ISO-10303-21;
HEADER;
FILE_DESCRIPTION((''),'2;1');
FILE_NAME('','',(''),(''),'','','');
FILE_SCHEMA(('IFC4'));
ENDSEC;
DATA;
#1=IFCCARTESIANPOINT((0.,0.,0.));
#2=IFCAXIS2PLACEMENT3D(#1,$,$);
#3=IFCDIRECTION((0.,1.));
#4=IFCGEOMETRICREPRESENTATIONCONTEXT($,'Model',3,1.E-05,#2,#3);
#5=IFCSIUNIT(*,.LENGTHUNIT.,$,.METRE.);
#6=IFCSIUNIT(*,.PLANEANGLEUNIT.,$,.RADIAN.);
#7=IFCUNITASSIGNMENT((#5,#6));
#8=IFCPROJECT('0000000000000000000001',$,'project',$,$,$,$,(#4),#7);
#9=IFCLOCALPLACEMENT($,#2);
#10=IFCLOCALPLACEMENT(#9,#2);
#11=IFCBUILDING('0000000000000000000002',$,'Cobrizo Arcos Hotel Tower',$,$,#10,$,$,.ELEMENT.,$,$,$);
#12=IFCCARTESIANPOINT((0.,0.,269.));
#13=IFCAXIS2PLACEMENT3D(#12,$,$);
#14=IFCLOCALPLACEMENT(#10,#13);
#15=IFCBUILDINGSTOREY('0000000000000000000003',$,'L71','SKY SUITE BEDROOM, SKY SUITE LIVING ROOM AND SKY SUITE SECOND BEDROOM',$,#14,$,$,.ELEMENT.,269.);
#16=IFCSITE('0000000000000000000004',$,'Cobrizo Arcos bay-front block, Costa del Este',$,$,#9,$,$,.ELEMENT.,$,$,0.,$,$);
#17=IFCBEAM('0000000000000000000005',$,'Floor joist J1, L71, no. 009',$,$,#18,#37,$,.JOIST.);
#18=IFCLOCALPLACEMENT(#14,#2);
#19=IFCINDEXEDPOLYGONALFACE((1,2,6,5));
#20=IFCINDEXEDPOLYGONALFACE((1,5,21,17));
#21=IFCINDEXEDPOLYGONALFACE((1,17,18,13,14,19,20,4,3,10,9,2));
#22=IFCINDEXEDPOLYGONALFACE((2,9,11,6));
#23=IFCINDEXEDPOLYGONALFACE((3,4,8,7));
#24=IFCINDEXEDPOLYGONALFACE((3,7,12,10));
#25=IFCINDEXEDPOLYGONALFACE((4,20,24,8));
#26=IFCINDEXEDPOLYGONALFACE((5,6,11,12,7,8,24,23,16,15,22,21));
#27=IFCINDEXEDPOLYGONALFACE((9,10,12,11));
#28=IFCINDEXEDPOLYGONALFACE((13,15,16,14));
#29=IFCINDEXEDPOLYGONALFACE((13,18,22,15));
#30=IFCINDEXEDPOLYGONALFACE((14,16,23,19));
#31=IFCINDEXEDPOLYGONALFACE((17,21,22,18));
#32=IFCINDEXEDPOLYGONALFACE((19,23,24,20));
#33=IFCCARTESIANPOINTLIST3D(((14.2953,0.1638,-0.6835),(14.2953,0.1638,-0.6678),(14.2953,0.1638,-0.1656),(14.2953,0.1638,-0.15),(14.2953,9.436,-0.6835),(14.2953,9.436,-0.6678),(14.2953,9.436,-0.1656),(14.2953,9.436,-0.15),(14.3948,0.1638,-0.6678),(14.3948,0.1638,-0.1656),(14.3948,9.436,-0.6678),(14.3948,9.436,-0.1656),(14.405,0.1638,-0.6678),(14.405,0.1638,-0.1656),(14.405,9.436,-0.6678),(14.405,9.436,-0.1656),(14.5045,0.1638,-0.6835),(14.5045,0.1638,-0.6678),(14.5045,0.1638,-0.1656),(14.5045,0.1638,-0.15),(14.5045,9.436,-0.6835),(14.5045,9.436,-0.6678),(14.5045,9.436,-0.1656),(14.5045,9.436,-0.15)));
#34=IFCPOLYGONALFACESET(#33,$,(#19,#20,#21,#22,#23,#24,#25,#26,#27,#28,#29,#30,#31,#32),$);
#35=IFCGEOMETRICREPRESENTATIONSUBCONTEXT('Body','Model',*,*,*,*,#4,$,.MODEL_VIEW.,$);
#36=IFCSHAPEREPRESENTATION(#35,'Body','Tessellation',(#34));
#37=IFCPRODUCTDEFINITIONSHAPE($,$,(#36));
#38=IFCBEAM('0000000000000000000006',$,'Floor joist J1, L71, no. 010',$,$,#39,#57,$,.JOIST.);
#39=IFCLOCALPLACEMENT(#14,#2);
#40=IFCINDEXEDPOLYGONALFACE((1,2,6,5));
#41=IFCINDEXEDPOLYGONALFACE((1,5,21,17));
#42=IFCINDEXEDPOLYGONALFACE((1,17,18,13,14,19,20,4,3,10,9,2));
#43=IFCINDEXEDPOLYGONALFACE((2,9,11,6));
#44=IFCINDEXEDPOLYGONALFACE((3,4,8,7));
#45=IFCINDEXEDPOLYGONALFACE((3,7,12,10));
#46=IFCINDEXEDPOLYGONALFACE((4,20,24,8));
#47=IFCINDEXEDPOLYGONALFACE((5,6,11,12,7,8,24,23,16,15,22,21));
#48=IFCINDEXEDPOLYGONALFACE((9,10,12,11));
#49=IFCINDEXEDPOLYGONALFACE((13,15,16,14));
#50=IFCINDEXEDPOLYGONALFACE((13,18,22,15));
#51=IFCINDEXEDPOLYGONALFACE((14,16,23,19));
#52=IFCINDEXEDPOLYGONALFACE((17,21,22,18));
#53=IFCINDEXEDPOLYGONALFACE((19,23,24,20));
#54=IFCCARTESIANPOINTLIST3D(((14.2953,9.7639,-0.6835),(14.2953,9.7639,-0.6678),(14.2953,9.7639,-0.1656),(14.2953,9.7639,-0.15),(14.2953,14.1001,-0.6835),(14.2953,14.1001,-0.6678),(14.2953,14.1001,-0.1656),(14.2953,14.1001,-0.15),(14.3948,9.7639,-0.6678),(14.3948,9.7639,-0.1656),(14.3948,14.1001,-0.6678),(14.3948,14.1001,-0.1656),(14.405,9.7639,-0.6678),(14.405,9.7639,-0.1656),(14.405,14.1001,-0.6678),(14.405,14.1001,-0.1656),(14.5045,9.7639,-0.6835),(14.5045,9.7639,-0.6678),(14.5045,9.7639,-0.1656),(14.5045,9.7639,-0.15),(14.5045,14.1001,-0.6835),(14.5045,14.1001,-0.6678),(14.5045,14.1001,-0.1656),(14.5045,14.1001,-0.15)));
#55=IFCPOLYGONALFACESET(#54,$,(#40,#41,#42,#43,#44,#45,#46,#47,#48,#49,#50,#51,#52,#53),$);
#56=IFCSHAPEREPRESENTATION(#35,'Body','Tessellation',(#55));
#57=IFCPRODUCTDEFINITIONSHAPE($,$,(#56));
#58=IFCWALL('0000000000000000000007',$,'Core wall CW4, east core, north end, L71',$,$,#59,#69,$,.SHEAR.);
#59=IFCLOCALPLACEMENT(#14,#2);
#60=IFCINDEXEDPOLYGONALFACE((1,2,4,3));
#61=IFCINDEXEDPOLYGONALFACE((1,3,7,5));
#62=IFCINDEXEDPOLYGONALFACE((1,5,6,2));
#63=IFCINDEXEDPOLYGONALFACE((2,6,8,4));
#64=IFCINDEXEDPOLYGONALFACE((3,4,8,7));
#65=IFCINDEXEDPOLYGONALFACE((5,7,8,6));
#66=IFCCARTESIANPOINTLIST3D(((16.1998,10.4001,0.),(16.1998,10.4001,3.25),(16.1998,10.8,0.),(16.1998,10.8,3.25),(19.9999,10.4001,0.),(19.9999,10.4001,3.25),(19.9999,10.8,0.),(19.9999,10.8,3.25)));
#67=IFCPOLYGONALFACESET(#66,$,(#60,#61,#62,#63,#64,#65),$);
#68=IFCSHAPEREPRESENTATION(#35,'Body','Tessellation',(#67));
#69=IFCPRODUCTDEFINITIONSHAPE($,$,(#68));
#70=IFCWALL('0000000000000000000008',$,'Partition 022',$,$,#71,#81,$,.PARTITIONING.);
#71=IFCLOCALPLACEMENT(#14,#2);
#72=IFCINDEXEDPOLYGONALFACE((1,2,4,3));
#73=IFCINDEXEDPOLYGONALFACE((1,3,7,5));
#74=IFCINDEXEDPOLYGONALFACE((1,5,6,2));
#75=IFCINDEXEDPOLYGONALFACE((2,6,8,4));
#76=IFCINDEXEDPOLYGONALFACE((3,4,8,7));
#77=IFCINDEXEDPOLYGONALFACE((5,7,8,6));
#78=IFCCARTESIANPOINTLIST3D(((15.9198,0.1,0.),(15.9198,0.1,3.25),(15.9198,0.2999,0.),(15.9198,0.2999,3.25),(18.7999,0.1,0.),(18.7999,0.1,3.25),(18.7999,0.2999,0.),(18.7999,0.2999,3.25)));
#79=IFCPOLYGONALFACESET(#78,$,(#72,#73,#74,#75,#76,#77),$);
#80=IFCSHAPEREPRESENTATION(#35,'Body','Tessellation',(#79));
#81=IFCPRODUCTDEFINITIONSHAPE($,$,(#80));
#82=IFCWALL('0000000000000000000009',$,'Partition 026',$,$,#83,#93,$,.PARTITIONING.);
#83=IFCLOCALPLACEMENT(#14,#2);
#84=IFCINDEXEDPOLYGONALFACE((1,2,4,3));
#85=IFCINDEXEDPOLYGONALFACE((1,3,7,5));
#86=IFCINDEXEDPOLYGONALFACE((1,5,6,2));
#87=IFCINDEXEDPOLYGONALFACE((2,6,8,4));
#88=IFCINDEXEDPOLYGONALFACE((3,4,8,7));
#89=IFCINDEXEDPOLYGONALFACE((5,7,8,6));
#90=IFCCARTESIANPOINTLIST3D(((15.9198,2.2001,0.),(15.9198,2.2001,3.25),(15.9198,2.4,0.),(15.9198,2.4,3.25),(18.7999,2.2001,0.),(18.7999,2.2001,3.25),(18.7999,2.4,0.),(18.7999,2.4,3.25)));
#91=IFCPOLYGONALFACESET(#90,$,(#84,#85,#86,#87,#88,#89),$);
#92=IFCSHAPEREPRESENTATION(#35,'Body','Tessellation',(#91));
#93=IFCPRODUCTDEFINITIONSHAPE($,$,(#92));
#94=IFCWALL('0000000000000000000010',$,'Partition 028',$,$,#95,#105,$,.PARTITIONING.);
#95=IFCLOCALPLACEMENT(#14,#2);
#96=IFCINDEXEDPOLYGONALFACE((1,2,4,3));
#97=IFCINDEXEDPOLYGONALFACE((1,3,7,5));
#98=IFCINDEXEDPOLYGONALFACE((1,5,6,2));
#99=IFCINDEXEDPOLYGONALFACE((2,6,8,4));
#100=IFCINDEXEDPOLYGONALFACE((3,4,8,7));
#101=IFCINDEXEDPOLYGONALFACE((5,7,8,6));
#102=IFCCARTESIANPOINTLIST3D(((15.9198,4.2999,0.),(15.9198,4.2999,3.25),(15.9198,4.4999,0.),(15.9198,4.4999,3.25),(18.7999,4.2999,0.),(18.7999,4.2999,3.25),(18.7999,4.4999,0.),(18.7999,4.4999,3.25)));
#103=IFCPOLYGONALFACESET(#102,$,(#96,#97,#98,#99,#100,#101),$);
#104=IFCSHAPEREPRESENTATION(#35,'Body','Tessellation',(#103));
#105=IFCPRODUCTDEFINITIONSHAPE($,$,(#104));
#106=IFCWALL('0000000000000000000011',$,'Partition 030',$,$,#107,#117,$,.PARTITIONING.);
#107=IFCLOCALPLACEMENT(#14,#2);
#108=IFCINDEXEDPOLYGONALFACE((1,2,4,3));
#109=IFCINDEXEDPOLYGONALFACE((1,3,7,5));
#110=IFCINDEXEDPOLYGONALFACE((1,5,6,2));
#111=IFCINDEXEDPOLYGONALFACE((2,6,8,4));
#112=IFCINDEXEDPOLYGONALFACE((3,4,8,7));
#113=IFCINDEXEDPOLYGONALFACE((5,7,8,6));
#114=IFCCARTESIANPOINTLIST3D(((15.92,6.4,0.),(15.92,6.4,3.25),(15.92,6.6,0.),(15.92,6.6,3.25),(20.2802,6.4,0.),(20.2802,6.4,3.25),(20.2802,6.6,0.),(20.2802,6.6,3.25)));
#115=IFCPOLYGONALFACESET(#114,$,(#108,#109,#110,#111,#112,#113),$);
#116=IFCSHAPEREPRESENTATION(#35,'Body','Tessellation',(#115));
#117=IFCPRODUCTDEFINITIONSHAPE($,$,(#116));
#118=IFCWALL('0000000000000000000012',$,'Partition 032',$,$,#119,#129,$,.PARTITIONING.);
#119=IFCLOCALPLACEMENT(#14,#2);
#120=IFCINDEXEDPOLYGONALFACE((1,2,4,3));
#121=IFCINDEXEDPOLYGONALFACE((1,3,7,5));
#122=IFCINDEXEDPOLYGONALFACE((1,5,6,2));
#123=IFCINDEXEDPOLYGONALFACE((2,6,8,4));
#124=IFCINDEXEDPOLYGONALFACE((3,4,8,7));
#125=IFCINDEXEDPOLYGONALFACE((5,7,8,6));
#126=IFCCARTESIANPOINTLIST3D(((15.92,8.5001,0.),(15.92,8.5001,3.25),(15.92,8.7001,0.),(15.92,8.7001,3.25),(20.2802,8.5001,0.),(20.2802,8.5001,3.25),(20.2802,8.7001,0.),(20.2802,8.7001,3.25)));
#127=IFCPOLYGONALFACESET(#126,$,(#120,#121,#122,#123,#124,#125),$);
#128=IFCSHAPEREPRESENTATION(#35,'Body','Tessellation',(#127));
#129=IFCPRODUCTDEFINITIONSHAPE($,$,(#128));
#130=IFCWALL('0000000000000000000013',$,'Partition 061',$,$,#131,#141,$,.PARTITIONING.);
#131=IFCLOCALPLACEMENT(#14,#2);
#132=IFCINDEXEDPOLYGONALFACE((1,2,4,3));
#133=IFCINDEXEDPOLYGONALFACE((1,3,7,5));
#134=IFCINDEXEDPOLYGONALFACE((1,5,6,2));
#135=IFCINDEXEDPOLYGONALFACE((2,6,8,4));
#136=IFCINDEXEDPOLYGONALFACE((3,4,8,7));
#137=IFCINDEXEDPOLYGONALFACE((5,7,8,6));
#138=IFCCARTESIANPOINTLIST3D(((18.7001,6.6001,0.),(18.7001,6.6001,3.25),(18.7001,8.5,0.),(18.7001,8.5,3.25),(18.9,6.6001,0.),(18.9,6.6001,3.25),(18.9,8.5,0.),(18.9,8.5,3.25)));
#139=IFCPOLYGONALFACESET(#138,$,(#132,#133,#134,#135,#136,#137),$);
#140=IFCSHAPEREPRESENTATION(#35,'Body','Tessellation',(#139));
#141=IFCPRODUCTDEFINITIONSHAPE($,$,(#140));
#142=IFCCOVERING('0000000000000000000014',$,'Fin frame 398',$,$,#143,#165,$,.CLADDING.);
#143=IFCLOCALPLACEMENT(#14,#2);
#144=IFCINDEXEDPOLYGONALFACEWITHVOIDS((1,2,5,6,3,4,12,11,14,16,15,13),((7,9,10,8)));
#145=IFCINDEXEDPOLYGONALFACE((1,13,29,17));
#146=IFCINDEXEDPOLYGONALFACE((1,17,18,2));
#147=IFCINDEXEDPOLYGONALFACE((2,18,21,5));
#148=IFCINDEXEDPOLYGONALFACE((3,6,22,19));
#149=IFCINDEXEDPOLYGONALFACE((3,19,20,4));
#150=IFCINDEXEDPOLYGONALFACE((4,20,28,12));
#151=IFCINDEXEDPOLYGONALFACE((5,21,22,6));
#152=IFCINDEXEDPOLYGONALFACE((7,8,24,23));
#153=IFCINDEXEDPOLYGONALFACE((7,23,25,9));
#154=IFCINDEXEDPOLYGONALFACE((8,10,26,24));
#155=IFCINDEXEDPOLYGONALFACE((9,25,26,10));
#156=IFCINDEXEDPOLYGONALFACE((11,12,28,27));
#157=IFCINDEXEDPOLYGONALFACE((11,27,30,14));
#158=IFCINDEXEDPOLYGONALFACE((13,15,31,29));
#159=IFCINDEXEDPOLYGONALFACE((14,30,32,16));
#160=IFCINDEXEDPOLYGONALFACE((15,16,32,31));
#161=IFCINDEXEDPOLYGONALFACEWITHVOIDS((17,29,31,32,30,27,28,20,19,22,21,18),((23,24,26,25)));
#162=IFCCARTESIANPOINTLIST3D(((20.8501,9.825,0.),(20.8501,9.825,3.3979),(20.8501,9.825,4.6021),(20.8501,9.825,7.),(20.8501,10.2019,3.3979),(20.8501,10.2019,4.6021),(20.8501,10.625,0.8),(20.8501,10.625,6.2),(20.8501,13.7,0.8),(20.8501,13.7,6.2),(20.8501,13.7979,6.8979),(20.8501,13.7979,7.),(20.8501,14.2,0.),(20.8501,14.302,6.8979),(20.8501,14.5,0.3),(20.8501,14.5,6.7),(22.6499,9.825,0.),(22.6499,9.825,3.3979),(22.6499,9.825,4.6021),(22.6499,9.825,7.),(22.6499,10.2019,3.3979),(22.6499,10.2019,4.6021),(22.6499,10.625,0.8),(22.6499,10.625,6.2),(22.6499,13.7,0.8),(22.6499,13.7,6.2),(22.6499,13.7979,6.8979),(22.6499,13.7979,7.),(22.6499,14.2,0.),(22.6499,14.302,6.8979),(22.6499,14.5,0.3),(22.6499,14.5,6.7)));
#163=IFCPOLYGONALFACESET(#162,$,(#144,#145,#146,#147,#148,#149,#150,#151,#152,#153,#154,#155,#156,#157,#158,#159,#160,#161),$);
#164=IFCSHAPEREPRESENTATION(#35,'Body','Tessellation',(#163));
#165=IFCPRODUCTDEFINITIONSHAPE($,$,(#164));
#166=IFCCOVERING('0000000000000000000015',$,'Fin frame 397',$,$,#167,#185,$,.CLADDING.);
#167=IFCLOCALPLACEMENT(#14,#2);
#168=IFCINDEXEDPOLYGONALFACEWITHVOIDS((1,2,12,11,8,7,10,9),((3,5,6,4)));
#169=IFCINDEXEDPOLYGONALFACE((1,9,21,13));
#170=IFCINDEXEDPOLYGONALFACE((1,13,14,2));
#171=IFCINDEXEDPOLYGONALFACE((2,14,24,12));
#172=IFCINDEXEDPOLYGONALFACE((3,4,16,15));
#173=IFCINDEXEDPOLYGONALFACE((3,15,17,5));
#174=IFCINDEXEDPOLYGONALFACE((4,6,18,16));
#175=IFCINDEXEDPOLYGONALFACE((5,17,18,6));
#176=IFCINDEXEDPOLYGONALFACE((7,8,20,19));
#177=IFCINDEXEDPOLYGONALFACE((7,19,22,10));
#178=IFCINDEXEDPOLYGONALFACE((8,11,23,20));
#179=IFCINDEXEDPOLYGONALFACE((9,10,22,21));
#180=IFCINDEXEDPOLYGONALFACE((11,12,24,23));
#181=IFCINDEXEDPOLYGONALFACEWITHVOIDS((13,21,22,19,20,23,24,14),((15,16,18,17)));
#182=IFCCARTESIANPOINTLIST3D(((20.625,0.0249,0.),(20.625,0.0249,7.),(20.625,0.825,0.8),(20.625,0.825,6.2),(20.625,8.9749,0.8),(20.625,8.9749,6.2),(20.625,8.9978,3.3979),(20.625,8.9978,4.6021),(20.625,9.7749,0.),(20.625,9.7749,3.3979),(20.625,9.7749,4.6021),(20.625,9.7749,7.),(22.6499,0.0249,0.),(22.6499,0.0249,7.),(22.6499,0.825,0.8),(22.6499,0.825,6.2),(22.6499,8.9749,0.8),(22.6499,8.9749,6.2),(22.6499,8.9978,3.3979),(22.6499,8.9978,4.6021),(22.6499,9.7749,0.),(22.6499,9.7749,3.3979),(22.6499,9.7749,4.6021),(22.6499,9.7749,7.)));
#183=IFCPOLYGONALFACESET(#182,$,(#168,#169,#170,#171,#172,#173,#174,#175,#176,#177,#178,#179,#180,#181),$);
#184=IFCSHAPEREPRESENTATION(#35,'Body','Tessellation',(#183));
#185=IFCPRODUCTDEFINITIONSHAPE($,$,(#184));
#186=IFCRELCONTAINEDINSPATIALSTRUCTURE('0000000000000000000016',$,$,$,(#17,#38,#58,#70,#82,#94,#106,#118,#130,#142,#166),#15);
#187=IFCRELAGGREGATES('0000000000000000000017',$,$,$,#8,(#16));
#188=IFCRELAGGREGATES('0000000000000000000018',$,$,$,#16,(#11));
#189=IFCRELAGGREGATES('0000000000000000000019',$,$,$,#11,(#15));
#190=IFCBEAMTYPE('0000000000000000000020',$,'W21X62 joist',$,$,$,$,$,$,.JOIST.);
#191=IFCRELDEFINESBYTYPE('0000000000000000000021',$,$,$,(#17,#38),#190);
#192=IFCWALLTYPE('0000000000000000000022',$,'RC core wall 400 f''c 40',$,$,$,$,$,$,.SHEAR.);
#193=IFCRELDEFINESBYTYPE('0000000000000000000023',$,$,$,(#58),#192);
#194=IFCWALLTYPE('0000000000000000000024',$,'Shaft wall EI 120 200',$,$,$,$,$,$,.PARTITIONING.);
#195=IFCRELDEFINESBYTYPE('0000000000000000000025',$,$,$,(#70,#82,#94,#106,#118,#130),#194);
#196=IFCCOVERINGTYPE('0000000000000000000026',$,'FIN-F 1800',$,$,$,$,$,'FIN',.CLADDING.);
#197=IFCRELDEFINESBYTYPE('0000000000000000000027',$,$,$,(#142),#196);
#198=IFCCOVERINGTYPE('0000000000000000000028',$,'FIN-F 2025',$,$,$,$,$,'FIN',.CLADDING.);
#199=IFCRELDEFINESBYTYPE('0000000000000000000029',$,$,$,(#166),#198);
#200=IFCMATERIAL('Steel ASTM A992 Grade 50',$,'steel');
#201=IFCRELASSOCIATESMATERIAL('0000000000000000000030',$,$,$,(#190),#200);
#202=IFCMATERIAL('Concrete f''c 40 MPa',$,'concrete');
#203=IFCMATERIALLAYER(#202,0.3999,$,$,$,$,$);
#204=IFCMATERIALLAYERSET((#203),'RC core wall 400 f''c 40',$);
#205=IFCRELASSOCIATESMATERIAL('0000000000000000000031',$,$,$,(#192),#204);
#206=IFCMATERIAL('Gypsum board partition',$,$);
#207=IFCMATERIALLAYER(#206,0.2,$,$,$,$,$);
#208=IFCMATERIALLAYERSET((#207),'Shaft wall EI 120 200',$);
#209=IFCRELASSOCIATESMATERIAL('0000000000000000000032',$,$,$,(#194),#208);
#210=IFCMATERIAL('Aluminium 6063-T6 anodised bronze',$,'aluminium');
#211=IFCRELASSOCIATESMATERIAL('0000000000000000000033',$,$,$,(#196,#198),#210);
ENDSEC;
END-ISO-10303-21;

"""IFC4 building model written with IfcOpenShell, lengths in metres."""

from ifc_helpers import new_model, si_unit, direction, frame, frame_2d, origin, origin_2d, place, context, subcontext, project, spatial, polyline, rectangle, i_section, outline, extrude, material, layer, layer_set, material_profile, profile_set, type_object, element, save


model = new_model("IFC4")

# Units and contexts
model_context = context("Model", 3, precision=1e-05, world=origin(), true_north=direction((0.0, 1.0)))
body_context = subcontext(model_context, "Body", "Model", "MODEL_VIEW")
ifc_project = project(units=[si_unit("LENGTHUNIT", "METRE"), si_unit("PLANEANGLEUNIT", "RADIAN")], contexts=[model_context])

# Site, building, storey
site_placement = place(None, origin())
site = spatial("IfcSite", under=ifc_project, at=site_placement, Name="Cobrizo Arcos bay-front block, Costa del Este", CompositionType="ELEMENT", RefElevation=0.0)
building_placement = place(site_placement, origin())
building = spatial("IfcBuilding", under=site, at=building_placement, Name="Cobrizo Arcos Hotel Tower", CompositionType="ELEMENT")
storey_placement = place(building_placement, frame((0.0, 0.0, 269.0)))
storey = spatial("IfcBuildingStorey", under=building, at=storey_placement, Name="L71", Description="SKY SUITE BEDROOM, SKY SUITE LIVING ROOM AND SKY SUITE SECOND BEDROOM", CompositionType="ELEMENT", Elevation=269.0)

# Beams
ifc_material_1 = material(Name="Steel ASTM A992 Grade 50", Category="steel")
ifc_material_profile = material_profile(ifc_material_1, i_section(OverallWidth=0.2092, OverallDepth=0.5334, WebThickness=0.0103, FlangeThickness=0.0156, at=origin_2d()), Name="W21X62")
ifc_profile_set = profile_set([ifc_material_profile], Name="Steel ASTM A992 Grade 50")
beam_type = type_object("IfcBeamType", Name="W21X62 joist", PredefinedType="JOIST", material=ifc_profile_set)
beam_1_placement = place(storey_placement, frame((14.3999, 0.1638, -0.4167), z_axis=(0.0, 1.0, 0.0), x_axis=(-1.0, 0.0, 0.0)))
element("IfcBeam", 1, at=beam_1_placement, inside=storey, type_object=beam_type, Name="Floor joist J1, L71, no. 009", PredefinedType="JOIST", context=body_context, shape_type="SweptSolid", body=[
    extrude(i_section(OverallWidth=0.2092, OverallDepth=0.5334, WebThickness=0.0103, FlangeThickness=0.0156, at=origin_2d()), origin(), (0.0, 0.0, 1.0), 9.2722),
])
beam_2_placement = place(storey_placement, frame((14.3999, 9.7639, -0.4167), z_axis=(0.0, 1.0, 0.0), x_axis=(-1.0, 0.0, 0.0)))
element("IfcBeam", 2, at=beam_2_placement, inside=storey, type_object=beam_type, Name="Floor joist J1, L71, no. 010", PredefinedType="JOIST", context=body_context, shape_type="SweptSolid", body=[
    extrude(i_section(OverallWidth=0.2092, OverallDepth=0.5334, WebThickness=0.0103, FlangeThickness=0.0156, at=origin_2d()), origin(), (0.0, 0.0, 1.0), 4.3362),
])

# Walls
ifc_material_2 = material(Name="Concrete f'c 40 MPa", Category="concrete")
ifc_layer_1 = layer(ifc_material_2, 0.3999)
ifc_layer_set_1 = layer_set([ifc_layer_1], Name="RC core wall 400 f'c 40")
wall_type_1 = type_object("IfcWallType", Name="RC core wall 400 f'c 40", PredefinedType="SHEAR", material=ifc_layer_set_1)
wall_1_placement = place(storey_placement, frame((16.2, 10.6001, 0.0), z_axis=(0.0, 0.0, 1.0), x_axis=(1.0, 0.0, 0.0)))
element("IfcWall", 3, at=wall_1_placement, inside=storey, type_object=wall_type_1, Name="Core wall CW4, east core, north end, L71", PredefinedType="SHEAR", context=body_context, shape_type="SweptSolid", body=[
    extrude(rectangle(XDim=3.8, YDim=0.3999, at=frame_2d((1.8999, 0.0))), origin(), (0.0, 0.0, 1.0), 3.25),
])
ifc_material_3 = material(Name="Gypsum board partition")
ifc_layer_2 = layer(ifc_material_3, 0.2)
ifc_layer_set_2 = layer_set([ifc_layer_2], Name="Shaft wall EI 120 200")
wall_type_2 = type_object("IfcWallType", Name="Shaft wall EI 120 200", PredefinedType="PARTITIONING", material=ifc_layer_set_2)
for number, where, z_axis, x_axis, name in (
    (4, (15.9199, 0.2, 0.0), (0.0, 0.0, 1.0), (1.0, 0.0, 0.0), "Partition 022"),
    (5, (15.9199, 2.3, 0.0), (0.0, 0.0, 1.0), (1.0, 0.0, 0.0), "Partition 026"),
    (6, (15.9199, 4.3999, 0.0), (0.0, 0.0, 1.0), (1.0, 0.0, 0.0), "Partition 028"),
):
    element("IfcWall", number, at=place(storey_placement, frame(where, z_axis=z_axis, x_axis=x_axis)), inside=storey, type_object=wall_type_2, Name=name, PredefinedType="PARTITIONING", context=body_context, shape_type="SweptSolid", body=[
        extrude(rectangle(XDim=2.8801, YDim=0.2, at=frame_2d((1.4399, 0.0))), origin(), (0.0, 0.0, 1.0), 3.25),
    ])
for number, where, z_axis, x_axis, name in (
    (7, (15.9199, 6.5, 0.0), (0.0, 0.0, 1.0), (1.0, 0.0, 0.0), "Partition 030"),
    (8, (15.9199, 8.6001, 0.0), (0.0, 0.0, 1.0), (1.0, 0.0, 0.0), "Partition 032"),
):
    element("IfcWall", number, at=place(storey_placement, frame(where, z_axis=z_axis, x_axis=x_axis)), inside=storey, type_object=wall_type_2, Name=name, PredefinedType="PARTITIONING", context=body_context, shape_type="SweptSolid", body=[
        extrude(rectangle(XDim=4.3601, YDim=0.2, at=frame_2d((2.1802, 0.0))), origin(), (0.0, 0.0, 1.0), 3.25),
    ])
wall_2_placement = place(storey_placement, frame((18.8, 6.6001, 0.0), z_axis=(0.0, 0.0, 1.0), x_axis=(0.0, 1.0, 0.0)))
element("IfcWall", 9, at=wall_2_placement, inside=storey, type_object=wall_type_2, Name="Partition 061", PredefinedType="PARTITIONING", context=body_context, shape_type="SweptSolid", body=[
    extrude(rectangle(XDim=1.8999, YDim=0.2, at=frame_2d((0.95, 0.0))), origin(), (0.0, 0.0, 1.0), 3.25),
])

# Coverings
ifc_material_4 = material(Name="Aluminium 6063-T6 anodised bronze", Category="aluminium")
covering_type_1 = type_object("IfcCoveringType", Name="FIN-F 1800", ElementType="FIN", PredefinedType="CLADDING", material=ifc_material_4)
covering_1_placement = place(storey_placement, frame((20.8501, 9.825, 0.0), z_axis=(1.0, 0.0, 0.0), x_axis=(0.0, 1.0, 0.0)))
element("IfcCovering", 10, at=covering_1_placement, inside=storey, type_object=covering_type_1, Name="Fin frame 398", PredefinedType="CLADDING", context=body_context, shape_type="SweptSolid", body=[
    extrude(outline(polyline([(4.675, 6.7), (4.4771, 6.8979), (3.9729, 6.8979), (3.9729, 7.0), (0.0, 7.0), (0.0, 4.6021), (0.377, 4.6021), (0.377, 3.3979), (0.0, 3.3979), (0.0, 0.0), (4.375, 0.0), (4.675, 0.3), (4.675, 6.7)]), holes=[polyline([(3.875, 0.8), (0.8, 0.8), (0.8, 6.2), (3.875, 6.2), (3.875, 0.8)])]), origin(), (0.0, 0.0, 1.0), 1.7998),
])
covering_type_2 = type_object("IfcCoveringType", Name="FIN-F 2025", ElementType="FIN", PredefinedType="CLADDING", material=ifc_material_4)
covering_2_placement = place(storey_placement, frame((20.625, 0.0249, 0.0), z_axis=(1.0, 0.0, 0.0), x_axis=(0.0, 1.0, 0.0)))
element("IfcCovering", 11, at=covering_2_placement, inside=storey, type_object=covering_type_2, Name="Fin frame 397", PredefinedType="CLADDING", context=body_context, shape_type="SweptSolid", body=[
    extrude(outline(polyline([(9.75, 0.0), (9.75, 3.3979), (8.9729, 3.3979), (8.9729, 4.6021), (9.75, 4.6021), (9.75, 7.0), (0.0, 7.0), (0.0, 0.0), (9.75, 0.0)]), holes=[polyline([(8.95, 0.8), (0.8, 0.8), (0.8, 6.2), (8.95, 6.2), (8.95, 0.8)])]), origin(), (0.0, 0.0, 1.0), 2.0249),
])

save(model, "model.ifc")
